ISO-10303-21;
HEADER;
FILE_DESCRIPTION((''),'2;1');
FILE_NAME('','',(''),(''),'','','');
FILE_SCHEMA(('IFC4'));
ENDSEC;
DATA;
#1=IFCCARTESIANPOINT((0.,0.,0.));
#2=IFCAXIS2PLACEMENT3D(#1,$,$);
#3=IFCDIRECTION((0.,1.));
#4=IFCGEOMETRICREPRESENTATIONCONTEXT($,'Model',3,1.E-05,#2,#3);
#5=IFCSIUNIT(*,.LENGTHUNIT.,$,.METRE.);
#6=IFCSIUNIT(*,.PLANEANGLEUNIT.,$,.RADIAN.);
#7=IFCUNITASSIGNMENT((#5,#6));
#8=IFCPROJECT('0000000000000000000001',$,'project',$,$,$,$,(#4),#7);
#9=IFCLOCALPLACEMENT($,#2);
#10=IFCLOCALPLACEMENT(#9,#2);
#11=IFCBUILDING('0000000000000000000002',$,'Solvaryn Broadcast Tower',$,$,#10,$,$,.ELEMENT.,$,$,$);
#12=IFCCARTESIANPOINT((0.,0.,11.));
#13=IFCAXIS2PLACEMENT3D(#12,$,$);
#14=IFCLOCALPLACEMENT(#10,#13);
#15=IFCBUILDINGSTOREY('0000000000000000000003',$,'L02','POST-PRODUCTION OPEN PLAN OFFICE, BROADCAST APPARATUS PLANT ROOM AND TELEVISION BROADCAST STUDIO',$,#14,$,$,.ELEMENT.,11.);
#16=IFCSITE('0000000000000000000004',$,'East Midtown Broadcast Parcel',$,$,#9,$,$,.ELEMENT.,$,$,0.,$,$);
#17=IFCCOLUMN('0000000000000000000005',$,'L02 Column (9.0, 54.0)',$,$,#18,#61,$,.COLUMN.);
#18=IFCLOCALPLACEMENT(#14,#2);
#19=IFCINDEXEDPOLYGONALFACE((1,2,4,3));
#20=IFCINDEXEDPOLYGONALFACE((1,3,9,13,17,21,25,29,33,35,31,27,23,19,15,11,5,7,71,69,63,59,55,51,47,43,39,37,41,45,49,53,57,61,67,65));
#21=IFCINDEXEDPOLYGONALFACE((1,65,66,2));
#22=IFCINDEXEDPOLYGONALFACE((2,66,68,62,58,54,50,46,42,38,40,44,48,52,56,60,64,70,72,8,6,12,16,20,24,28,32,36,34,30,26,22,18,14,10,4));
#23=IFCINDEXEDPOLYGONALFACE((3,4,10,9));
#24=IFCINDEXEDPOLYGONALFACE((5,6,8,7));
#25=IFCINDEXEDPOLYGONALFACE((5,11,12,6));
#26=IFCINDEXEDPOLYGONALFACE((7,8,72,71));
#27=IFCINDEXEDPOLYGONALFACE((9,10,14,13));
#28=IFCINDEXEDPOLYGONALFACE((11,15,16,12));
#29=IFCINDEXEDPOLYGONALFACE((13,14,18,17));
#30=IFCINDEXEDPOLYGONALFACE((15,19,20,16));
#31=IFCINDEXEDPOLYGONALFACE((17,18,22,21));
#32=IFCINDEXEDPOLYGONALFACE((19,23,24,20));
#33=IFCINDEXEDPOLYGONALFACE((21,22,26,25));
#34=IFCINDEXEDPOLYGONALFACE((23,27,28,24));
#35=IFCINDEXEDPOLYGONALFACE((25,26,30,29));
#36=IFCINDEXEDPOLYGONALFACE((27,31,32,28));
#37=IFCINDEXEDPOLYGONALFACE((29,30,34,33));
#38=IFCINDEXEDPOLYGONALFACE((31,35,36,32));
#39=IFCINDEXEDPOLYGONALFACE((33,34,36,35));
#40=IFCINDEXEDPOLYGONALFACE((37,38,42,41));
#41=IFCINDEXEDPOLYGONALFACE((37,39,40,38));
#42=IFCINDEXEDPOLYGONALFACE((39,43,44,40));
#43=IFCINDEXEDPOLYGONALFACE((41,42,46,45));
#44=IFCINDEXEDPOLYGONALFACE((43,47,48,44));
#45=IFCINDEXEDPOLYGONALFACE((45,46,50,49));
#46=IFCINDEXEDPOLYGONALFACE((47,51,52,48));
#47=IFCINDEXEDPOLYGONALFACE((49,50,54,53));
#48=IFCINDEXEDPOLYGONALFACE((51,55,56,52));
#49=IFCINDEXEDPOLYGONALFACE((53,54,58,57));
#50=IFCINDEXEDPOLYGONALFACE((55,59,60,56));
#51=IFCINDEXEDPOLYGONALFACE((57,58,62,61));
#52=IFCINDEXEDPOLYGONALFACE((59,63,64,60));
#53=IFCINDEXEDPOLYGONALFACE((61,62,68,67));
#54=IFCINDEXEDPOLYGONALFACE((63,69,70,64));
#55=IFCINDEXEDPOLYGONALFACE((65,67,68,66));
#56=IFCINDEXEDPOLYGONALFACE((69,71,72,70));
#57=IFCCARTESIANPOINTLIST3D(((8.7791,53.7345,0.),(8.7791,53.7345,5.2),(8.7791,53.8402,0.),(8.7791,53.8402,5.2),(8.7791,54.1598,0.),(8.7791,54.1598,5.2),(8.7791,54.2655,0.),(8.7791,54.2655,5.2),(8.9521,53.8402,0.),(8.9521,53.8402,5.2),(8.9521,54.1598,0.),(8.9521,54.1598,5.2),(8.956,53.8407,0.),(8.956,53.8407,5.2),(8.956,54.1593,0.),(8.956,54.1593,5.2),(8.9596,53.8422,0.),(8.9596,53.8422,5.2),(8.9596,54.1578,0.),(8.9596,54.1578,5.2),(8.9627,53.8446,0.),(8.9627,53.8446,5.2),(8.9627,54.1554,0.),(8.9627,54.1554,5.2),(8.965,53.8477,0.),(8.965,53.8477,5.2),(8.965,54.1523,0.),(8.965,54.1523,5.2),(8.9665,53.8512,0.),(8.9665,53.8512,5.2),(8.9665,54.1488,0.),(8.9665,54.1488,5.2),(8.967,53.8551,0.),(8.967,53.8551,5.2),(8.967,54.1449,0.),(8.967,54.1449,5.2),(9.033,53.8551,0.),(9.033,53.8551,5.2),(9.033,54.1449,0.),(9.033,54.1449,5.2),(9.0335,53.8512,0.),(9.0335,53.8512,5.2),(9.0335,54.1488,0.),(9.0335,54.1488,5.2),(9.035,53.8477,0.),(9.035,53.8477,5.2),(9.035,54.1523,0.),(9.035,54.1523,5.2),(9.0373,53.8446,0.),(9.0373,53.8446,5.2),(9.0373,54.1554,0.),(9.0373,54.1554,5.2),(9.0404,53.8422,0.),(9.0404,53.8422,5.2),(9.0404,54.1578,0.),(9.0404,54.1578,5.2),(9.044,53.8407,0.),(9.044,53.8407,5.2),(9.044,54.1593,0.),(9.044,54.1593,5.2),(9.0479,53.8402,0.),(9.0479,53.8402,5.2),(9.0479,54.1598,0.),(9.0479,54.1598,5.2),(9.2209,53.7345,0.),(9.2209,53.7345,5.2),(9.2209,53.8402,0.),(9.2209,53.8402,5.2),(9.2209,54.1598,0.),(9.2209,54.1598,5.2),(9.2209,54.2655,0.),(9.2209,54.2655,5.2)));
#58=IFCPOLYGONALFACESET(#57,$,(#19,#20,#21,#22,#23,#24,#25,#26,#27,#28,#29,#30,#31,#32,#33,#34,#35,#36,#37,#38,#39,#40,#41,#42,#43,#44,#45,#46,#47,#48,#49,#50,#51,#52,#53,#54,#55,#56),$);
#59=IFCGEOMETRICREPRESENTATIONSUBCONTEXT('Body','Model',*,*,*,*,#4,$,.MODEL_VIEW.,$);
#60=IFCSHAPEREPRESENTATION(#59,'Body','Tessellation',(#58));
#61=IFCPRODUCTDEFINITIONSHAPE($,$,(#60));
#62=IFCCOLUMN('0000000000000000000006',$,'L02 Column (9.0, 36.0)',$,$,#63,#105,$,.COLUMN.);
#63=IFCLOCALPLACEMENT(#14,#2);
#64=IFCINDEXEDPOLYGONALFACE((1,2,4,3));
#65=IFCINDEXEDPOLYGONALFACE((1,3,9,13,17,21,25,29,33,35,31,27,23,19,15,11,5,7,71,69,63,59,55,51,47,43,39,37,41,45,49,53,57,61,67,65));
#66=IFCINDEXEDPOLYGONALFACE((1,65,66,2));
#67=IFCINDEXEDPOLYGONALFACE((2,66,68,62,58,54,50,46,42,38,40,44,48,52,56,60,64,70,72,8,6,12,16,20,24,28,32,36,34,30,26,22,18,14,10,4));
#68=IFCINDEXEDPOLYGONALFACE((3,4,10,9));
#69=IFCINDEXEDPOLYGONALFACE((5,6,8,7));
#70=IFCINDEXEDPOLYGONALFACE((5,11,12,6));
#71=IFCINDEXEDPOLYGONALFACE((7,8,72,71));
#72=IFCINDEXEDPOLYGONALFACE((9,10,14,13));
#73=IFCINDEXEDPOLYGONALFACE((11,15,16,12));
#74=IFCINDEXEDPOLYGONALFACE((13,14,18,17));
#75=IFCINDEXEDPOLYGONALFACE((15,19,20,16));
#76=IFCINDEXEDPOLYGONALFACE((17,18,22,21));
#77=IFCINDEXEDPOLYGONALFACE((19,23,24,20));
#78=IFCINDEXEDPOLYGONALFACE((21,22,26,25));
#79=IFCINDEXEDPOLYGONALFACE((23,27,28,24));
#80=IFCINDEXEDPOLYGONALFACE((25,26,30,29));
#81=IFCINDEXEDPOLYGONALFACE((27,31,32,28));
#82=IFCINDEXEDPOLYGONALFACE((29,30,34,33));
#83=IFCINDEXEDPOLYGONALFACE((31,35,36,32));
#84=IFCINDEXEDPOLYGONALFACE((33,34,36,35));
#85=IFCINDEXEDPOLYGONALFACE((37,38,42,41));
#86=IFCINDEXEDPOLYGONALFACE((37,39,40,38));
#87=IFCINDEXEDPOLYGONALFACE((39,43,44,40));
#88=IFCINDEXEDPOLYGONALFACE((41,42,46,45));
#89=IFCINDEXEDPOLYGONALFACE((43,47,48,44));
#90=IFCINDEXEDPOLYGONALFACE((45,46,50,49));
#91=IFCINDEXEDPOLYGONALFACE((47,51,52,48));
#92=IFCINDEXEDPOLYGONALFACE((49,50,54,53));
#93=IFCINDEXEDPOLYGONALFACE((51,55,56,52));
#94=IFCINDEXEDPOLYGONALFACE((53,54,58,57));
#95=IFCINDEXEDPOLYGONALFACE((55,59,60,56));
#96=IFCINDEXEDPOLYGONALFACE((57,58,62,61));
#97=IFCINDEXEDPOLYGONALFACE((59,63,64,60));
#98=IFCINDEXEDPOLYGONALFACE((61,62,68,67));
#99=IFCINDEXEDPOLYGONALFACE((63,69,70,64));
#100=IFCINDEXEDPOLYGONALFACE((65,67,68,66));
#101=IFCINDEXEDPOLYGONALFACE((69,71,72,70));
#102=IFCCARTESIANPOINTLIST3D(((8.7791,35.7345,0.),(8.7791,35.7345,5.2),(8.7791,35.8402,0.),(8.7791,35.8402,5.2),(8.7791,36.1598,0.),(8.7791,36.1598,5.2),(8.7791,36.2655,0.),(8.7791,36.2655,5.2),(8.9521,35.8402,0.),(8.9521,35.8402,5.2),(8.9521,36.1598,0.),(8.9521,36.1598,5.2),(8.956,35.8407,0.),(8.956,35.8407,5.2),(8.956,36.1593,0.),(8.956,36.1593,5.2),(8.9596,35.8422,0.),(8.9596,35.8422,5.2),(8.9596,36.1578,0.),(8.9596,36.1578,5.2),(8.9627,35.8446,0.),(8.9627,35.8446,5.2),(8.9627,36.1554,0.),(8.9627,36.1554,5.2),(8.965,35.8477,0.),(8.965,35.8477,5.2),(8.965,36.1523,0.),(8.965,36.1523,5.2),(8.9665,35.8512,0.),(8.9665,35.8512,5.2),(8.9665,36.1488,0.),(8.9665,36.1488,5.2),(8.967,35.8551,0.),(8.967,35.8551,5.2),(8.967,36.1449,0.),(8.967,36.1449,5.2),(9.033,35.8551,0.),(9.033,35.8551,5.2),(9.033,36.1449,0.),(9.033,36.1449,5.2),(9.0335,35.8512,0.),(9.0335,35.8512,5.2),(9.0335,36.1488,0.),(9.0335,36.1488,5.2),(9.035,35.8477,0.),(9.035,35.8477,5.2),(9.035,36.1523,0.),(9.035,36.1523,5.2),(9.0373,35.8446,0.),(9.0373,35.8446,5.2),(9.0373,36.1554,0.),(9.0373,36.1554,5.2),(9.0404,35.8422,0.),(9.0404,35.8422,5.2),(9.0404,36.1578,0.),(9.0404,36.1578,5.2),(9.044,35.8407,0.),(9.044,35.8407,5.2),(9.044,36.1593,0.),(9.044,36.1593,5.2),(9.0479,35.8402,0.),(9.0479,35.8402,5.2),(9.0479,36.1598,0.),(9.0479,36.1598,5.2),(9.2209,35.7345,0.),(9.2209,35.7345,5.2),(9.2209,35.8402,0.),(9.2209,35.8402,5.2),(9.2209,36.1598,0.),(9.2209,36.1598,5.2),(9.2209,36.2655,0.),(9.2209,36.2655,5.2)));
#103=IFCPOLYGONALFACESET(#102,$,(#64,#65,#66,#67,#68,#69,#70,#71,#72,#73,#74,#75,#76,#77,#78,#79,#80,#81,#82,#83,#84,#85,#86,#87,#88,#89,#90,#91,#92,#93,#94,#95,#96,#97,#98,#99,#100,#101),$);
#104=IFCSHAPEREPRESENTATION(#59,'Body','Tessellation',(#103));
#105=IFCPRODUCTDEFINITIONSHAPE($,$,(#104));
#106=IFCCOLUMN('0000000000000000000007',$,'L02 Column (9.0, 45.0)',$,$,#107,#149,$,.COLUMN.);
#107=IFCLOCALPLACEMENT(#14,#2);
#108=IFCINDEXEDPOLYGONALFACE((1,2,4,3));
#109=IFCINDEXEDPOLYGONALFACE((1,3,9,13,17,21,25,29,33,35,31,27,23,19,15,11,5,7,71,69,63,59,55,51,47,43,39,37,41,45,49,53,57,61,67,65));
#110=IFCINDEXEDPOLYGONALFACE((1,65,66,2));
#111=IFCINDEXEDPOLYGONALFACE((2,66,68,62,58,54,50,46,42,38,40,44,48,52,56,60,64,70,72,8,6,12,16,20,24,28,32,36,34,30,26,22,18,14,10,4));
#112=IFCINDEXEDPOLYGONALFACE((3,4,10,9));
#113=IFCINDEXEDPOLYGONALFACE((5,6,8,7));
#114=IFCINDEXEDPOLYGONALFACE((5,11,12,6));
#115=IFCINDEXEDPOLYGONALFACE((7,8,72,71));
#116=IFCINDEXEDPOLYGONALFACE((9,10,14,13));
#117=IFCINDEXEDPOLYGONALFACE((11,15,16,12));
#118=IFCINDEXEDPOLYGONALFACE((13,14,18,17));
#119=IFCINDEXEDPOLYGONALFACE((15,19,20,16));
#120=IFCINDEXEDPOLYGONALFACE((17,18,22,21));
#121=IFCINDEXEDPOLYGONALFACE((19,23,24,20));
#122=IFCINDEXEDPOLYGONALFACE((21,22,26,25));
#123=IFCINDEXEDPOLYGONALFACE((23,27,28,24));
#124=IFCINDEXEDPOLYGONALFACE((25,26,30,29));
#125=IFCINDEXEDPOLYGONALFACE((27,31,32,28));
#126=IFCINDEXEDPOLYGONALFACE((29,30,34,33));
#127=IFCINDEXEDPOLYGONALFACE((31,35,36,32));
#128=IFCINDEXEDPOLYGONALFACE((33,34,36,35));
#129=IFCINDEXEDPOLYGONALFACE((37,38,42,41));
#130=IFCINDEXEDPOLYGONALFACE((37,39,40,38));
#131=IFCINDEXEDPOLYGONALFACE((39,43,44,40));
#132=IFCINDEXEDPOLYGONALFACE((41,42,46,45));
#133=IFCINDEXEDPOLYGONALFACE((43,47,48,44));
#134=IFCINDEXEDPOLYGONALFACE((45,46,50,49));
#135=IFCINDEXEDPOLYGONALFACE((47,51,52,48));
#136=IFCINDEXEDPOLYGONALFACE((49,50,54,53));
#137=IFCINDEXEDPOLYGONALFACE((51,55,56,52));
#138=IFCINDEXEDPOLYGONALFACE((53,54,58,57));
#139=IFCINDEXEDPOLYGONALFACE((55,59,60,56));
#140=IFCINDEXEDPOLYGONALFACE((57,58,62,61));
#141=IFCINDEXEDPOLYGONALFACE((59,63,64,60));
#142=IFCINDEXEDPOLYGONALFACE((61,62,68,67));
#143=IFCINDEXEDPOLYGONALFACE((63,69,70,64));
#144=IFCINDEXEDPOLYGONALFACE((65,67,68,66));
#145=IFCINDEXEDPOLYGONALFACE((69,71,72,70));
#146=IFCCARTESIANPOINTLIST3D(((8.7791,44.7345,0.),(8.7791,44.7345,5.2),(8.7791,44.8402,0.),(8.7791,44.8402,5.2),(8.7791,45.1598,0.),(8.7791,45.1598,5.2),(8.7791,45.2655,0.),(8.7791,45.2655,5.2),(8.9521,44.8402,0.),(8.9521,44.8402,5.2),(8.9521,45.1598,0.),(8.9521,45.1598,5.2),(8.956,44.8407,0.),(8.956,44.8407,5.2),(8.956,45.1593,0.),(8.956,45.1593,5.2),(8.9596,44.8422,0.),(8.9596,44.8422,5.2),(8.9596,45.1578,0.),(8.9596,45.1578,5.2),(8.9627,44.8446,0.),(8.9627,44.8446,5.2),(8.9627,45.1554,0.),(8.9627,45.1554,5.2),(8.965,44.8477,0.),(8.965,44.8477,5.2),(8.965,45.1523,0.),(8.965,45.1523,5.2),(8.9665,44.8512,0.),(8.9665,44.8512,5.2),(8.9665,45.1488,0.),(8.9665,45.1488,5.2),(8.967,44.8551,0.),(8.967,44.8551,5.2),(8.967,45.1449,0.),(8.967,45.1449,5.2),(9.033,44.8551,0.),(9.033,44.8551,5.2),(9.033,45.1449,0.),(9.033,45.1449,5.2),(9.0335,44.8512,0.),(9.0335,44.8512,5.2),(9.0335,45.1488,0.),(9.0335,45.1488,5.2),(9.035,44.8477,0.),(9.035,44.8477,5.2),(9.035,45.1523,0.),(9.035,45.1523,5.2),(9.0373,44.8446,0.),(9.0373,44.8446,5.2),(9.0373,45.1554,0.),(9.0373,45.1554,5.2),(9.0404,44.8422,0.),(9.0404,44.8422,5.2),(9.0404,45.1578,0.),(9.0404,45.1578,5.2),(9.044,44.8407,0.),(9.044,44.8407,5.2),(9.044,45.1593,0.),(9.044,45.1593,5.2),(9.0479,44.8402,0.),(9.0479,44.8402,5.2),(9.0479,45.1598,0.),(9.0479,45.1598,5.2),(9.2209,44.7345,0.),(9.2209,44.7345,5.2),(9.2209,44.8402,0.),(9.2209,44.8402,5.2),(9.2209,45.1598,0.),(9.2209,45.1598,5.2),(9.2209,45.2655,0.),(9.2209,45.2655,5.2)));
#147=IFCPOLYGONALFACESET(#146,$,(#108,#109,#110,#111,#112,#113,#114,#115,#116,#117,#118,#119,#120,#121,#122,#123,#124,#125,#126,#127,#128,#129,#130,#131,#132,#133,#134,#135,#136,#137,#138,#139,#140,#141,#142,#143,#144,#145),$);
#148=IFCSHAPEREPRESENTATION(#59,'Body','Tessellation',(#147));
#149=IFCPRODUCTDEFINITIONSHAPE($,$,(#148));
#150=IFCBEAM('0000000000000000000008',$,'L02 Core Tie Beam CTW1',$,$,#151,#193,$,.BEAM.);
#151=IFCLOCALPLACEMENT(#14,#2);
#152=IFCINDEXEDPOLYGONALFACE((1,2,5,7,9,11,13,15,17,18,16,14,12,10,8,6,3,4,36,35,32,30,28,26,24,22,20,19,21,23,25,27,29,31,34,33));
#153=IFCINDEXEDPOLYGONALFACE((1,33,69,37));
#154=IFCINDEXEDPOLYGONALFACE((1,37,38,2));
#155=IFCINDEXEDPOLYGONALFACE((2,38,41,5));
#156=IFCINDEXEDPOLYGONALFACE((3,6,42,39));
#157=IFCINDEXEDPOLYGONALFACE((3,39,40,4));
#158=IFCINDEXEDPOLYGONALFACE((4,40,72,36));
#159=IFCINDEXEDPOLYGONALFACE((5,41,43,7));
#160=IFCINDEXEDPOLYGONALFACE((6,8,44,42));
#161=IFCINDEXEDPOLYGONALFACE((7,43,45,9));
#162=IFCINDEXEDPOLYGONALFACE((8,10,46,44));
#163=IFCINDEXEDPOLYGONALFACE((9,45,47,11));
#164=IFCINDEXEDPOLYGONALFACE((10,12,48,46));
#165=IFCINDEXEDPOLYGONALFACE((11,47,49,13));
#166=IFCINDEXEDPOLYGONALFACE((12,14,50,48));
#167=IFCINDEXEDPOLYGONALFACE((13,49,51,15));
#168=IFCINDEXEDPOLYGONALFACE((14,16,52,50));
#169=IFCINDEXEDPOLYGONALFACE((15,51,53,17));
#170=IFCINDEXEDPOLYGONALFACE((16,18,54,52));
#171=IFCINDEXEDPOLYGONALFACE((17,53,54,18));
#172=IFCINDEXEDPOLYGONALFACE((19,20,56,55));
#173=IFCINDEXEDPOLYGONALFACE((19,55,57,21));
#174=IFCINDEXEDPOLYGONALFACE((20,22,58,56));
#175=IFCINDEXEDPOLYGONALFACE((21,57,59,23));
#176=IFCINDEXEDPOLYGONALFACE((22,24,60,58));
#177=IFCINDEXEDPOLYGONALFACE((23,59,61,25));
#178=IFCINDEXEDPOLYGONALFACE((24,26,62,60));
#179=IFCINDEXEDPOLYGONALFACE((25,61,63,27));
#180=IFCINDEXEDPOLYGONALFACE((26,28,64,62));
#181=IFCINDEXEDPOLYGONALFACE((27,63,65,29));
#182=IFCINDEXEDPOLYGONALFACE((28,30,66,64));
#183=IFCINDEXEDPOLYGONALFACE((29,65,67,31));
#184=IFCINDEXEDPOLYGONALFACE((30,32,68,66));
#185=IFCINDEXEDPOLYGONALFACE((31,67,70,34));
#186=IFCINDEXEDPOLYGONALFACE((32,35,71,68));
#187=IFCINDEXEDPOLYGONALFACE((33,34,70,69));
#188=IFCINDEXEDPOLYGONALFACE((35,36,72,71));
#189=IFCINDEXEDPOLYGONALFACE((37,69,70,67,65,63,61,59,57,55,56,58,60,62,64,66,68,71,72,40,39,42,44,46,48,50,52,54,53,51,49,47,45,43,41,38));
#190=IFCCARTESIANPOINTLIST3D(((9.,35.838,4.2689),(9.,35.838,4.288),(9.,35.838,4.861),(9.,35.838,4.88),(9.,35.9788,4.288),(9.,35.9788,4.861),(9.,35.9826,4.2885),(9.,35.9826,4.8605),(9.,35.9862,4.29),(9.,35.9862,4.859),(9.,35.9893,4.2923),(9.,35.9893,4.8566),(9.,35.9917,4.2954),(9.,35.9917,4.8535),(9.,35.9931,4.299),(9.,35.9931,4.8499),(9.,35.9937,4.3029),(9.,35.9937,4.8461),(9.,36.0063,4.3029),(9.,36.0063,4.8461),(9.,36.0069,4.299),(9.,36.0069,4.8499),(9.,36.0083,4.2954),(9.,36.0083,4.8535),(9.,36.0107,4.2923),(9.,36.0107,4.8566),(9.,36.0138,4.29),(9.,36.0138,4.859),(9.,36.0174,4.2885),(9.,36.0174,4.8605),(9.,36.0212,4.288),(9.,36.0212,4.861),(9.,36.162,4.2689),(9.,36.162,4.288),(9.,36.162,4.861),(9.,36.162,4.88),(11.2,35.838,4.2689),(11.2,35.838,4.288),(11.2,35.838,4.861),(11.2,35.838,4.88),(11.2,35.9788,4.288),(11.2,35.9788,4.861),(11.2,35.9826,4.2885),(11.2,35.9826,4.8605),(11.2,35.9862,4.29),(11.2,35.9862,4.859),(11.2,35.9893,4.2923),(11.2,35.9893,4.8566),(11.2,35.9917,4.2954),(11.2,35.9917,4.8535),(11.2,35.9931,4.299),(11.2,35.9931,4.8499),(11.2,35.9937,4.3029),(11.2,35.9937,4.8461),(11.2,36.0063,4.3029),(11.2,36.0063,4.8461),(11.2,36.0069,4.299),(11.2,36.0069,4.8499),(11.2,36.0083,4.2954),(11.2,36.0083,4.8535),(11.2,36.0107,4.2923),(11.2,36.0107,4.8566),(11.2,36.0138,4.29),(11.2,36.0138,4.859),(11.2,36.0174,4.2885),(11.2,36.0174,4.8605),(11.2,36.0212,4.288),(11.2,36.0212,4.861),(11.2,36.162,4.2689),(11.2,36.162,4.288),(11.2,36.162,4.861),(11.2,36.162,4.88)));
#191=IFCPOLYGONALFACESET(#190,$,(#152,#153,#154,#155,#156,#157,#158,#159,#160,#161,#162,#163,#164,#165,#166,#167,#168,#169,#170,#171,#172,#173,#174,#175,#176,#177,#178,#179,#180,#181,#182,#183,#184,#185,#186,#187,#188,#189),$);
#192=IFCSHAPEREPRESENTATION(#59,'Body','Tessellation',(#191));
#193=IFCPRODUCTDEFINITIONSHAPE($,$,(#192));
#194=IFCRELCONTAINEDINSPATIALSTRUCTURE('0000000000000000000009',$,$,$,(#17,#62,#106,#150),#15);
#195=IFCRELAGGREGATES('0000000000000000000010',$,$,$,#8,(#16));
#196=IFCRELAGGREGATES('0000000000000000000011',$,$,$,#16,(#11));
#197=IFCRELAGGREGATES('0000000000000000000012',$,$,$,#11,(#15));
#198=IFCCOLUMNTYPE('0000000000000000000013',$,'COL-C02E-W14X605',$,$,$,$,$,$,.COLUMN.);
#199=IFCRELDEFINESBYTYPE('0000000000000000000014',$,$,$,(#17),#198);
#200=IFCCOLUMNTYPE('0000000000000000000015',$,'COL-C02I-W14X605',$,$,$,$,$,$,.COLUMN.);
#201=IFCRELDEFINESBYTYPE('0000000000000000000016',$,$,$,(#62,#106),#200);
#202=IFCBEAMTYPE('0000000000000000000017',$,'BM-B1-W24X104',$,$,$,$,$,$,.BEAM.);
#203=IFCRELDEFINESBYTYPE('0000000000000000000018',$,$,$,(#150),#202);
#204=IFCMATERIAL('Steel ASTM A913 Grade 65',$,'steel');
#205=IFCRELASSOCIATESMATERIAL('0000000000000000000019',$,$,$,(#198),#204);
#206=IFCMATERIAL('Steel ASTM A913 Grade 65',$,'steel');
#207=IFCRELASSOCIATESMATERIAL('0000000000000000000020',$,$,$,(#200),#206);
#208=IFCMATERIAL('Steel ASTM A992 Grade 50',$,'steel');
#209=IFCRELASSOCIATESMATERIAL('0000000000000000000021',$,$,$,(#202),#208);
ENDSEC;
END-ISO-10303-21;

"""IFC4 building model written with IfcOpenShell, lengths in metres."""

from ifc_helpers import new_model, si_unit, direction, frame, origin, origin_2d, place, context, subcontext, project, spatial, i_section, extrude, material, material_profile, profile_set, type_object, element, save


model = new_model("IFC4")

# Units and contexts
model_context = context("Model", 3, precision=1e-05, world=origin(), true_north=direction((0.0, 1.0)))
body_context = subcontext(model_context, "Body", "Model", "MODEL_VIEW")
ifc_project = project(units=[si_unit("LENGTHUNIT", "METRE"), si_unit("PLANEANGLEUNIT", "RADIAN")], contexts=[model_context])

# Site, building, storey
site_placement = place(None, origin())
site = spatial("IfcSite", under=ifc_project, at=site_placement, Name="East Midtown Broadcast Parcel", CompositionType="ELEMENT", RefElevation=0.0)
building_placement = place(site_placement, origin())
building = spatial("IfcBuilding", under=site, at=building_placement, Name="Solvaryn Broadcast Tower", CompositionType="ELEMENT")
storey_placement = place(building_placement, frame((0.0, 0.0, 11.0)))
storey = spatial("IfcBuildingStorey", under=building, at=storey_placement, Name="L02", Description="POST-PRODUCTION OPEN PLAN OFFICE, BROADCAST APPARATUS PLANT ROOM AND TELEVISION BROADCAST STUDIO", CompositionType="ELEMENT", Elevation=11.0)

# Columns
ifc_material_1 = material(Name="Steel ASTM A913 Grade 65", Category="steel")
ifc_material_profile_1 = material_profile(ifc_material_1, i_section(OverallWidth=0.4419, OverallDepth=0.531, WebThickness=0.0659, FlangeThickness=0.1057, FilletRadius=0.0149, at=origin_2d()))
ifc_profile_set_1 = profile_set([ifc_material_profile_1], Name="Steel ASTM A913 Grade 65")
column_type_1 = type_object("IfcColumnType", Name="COL-C02E-W14X605", PredefinedType="COLUMN", material=ifc_profile_set_1)
column_placement = place(storey_placement, frame((9.0, 54.0, 0.0), z_axis=(0.0, 0.0, 1.0), x_axis=(1.0, 0.0, 0.0)))
element("IfcColumn", 1, at=column_placement, inside=storey, type_object=column_type_1, Name="L02 Column (9.0, 54.0)", PredefinedType="COLUMN", context=body_context, shape_type="SweptSolid", body=[
    extrude(i_section(OverallWidth=0.4419, OverallDepth=0.531, WebThickness=0.0659, FlangeThickness=0.1057, FilletRadius=0.0149, at=origin_2d()), origin(), (0.0, 0.0, 1.0), 5.2),
])
ifc_material_2 = material(Name="Steel ASTM A913 Grade 65", Category="steel")
ifc_material_profile_2 = material_profile(ifc_material_2, i_section(OverallWidth=0.4419, OverallDepth=0.531, WebThickness=0.0659, FlangeThickness=0.1057, FilletRadius=0.0149, at=origin_2d()))
ifc_profile_set_2 = profile_set([ifc_material_profile_2], Name="Steel ASTM A913 Grade 65")
column_type_2 = type_object("IfcColumnType", Name="COL-C02I-W14X605", PredefinedType="COLUMN", material=ifc_profile_set_2)
for number, where, z_axis, x_axis, name in (
    (2, (9.0, 36.0, 0.0), (0.0, 0.0, 1.0), (1.0, 0.0, 0.0), "L02 Column (9.0, 36.0)"),
    (3, (9.0, 45.0, 0.0), (0.0, 0.0, 1.0), (1.0, 0.0, 0.0), "L02 Column (9.0, 45.0)"),
):
    element("IfcColumn", number, at=place(storey_placement, frame(where, z_axis=z_axis, x_axis=x_axis)), inside=storey, type_object=column_type_2, Name=name, PredefinedType="COLUMN", context=body_context, shape_type="SweptSolid", body=[
        extrude(i_section(OverallWidth=0.4419, OverallDepth=0.531, WebThickness=0.0659, FlangeThickness=0.1057, FilletRadius=0.0149, at=origin_2d()), origin(), (0.0, 0.0, 1.0), 5.2),
    ])

# Beam
ifc_material_3 = material(Name="Steel ASTM A992 Grade 50", Category="steel")
ifc_material_profile_3 = material_profile(ifc_material_3, i_section(OverallWidth=0.324, OverallDepth=0.6111, WebThickness=0.0127, FlangeThickness=0.019, FilletRadius=0.0149, at=origin_2d()))
ifc_profile_set_3 = profile_set([ifc_material_profile_3], Name="Steel ASTM A992 Grade 50")
beam_type_1 = type_object("IfcBeamType", Name="BM-B1-W24X104", PredefinedType="BEAM", material=ifc_profile_set_3)
beam_1_placement = place(storey_placement, frame((9.0, 36.0, 4.5745), z_axis=(1.0, 0.0, 0.0), x_axis=(0.0, 1.0, 0.0)))
element("IfcBeam", 4, at=beam_1_placement, inside=storey, type_object=beam_type_1, Name="L02 Core Tie Beam CTW1", PredefinedType="BEAM", context=body_context, shape_type="SweptSolid", body=[
    extrude(i_section(OverallWidth=0.324, OverallDepth=0.6111, WebThickness=0.0127, FlangeThickness=0.019, FilletRadius=0.0149, at=origin_2d()), origin(), (0.0, 0.0, 1.0), 2.2),
])

save(model, "model.ifc")
